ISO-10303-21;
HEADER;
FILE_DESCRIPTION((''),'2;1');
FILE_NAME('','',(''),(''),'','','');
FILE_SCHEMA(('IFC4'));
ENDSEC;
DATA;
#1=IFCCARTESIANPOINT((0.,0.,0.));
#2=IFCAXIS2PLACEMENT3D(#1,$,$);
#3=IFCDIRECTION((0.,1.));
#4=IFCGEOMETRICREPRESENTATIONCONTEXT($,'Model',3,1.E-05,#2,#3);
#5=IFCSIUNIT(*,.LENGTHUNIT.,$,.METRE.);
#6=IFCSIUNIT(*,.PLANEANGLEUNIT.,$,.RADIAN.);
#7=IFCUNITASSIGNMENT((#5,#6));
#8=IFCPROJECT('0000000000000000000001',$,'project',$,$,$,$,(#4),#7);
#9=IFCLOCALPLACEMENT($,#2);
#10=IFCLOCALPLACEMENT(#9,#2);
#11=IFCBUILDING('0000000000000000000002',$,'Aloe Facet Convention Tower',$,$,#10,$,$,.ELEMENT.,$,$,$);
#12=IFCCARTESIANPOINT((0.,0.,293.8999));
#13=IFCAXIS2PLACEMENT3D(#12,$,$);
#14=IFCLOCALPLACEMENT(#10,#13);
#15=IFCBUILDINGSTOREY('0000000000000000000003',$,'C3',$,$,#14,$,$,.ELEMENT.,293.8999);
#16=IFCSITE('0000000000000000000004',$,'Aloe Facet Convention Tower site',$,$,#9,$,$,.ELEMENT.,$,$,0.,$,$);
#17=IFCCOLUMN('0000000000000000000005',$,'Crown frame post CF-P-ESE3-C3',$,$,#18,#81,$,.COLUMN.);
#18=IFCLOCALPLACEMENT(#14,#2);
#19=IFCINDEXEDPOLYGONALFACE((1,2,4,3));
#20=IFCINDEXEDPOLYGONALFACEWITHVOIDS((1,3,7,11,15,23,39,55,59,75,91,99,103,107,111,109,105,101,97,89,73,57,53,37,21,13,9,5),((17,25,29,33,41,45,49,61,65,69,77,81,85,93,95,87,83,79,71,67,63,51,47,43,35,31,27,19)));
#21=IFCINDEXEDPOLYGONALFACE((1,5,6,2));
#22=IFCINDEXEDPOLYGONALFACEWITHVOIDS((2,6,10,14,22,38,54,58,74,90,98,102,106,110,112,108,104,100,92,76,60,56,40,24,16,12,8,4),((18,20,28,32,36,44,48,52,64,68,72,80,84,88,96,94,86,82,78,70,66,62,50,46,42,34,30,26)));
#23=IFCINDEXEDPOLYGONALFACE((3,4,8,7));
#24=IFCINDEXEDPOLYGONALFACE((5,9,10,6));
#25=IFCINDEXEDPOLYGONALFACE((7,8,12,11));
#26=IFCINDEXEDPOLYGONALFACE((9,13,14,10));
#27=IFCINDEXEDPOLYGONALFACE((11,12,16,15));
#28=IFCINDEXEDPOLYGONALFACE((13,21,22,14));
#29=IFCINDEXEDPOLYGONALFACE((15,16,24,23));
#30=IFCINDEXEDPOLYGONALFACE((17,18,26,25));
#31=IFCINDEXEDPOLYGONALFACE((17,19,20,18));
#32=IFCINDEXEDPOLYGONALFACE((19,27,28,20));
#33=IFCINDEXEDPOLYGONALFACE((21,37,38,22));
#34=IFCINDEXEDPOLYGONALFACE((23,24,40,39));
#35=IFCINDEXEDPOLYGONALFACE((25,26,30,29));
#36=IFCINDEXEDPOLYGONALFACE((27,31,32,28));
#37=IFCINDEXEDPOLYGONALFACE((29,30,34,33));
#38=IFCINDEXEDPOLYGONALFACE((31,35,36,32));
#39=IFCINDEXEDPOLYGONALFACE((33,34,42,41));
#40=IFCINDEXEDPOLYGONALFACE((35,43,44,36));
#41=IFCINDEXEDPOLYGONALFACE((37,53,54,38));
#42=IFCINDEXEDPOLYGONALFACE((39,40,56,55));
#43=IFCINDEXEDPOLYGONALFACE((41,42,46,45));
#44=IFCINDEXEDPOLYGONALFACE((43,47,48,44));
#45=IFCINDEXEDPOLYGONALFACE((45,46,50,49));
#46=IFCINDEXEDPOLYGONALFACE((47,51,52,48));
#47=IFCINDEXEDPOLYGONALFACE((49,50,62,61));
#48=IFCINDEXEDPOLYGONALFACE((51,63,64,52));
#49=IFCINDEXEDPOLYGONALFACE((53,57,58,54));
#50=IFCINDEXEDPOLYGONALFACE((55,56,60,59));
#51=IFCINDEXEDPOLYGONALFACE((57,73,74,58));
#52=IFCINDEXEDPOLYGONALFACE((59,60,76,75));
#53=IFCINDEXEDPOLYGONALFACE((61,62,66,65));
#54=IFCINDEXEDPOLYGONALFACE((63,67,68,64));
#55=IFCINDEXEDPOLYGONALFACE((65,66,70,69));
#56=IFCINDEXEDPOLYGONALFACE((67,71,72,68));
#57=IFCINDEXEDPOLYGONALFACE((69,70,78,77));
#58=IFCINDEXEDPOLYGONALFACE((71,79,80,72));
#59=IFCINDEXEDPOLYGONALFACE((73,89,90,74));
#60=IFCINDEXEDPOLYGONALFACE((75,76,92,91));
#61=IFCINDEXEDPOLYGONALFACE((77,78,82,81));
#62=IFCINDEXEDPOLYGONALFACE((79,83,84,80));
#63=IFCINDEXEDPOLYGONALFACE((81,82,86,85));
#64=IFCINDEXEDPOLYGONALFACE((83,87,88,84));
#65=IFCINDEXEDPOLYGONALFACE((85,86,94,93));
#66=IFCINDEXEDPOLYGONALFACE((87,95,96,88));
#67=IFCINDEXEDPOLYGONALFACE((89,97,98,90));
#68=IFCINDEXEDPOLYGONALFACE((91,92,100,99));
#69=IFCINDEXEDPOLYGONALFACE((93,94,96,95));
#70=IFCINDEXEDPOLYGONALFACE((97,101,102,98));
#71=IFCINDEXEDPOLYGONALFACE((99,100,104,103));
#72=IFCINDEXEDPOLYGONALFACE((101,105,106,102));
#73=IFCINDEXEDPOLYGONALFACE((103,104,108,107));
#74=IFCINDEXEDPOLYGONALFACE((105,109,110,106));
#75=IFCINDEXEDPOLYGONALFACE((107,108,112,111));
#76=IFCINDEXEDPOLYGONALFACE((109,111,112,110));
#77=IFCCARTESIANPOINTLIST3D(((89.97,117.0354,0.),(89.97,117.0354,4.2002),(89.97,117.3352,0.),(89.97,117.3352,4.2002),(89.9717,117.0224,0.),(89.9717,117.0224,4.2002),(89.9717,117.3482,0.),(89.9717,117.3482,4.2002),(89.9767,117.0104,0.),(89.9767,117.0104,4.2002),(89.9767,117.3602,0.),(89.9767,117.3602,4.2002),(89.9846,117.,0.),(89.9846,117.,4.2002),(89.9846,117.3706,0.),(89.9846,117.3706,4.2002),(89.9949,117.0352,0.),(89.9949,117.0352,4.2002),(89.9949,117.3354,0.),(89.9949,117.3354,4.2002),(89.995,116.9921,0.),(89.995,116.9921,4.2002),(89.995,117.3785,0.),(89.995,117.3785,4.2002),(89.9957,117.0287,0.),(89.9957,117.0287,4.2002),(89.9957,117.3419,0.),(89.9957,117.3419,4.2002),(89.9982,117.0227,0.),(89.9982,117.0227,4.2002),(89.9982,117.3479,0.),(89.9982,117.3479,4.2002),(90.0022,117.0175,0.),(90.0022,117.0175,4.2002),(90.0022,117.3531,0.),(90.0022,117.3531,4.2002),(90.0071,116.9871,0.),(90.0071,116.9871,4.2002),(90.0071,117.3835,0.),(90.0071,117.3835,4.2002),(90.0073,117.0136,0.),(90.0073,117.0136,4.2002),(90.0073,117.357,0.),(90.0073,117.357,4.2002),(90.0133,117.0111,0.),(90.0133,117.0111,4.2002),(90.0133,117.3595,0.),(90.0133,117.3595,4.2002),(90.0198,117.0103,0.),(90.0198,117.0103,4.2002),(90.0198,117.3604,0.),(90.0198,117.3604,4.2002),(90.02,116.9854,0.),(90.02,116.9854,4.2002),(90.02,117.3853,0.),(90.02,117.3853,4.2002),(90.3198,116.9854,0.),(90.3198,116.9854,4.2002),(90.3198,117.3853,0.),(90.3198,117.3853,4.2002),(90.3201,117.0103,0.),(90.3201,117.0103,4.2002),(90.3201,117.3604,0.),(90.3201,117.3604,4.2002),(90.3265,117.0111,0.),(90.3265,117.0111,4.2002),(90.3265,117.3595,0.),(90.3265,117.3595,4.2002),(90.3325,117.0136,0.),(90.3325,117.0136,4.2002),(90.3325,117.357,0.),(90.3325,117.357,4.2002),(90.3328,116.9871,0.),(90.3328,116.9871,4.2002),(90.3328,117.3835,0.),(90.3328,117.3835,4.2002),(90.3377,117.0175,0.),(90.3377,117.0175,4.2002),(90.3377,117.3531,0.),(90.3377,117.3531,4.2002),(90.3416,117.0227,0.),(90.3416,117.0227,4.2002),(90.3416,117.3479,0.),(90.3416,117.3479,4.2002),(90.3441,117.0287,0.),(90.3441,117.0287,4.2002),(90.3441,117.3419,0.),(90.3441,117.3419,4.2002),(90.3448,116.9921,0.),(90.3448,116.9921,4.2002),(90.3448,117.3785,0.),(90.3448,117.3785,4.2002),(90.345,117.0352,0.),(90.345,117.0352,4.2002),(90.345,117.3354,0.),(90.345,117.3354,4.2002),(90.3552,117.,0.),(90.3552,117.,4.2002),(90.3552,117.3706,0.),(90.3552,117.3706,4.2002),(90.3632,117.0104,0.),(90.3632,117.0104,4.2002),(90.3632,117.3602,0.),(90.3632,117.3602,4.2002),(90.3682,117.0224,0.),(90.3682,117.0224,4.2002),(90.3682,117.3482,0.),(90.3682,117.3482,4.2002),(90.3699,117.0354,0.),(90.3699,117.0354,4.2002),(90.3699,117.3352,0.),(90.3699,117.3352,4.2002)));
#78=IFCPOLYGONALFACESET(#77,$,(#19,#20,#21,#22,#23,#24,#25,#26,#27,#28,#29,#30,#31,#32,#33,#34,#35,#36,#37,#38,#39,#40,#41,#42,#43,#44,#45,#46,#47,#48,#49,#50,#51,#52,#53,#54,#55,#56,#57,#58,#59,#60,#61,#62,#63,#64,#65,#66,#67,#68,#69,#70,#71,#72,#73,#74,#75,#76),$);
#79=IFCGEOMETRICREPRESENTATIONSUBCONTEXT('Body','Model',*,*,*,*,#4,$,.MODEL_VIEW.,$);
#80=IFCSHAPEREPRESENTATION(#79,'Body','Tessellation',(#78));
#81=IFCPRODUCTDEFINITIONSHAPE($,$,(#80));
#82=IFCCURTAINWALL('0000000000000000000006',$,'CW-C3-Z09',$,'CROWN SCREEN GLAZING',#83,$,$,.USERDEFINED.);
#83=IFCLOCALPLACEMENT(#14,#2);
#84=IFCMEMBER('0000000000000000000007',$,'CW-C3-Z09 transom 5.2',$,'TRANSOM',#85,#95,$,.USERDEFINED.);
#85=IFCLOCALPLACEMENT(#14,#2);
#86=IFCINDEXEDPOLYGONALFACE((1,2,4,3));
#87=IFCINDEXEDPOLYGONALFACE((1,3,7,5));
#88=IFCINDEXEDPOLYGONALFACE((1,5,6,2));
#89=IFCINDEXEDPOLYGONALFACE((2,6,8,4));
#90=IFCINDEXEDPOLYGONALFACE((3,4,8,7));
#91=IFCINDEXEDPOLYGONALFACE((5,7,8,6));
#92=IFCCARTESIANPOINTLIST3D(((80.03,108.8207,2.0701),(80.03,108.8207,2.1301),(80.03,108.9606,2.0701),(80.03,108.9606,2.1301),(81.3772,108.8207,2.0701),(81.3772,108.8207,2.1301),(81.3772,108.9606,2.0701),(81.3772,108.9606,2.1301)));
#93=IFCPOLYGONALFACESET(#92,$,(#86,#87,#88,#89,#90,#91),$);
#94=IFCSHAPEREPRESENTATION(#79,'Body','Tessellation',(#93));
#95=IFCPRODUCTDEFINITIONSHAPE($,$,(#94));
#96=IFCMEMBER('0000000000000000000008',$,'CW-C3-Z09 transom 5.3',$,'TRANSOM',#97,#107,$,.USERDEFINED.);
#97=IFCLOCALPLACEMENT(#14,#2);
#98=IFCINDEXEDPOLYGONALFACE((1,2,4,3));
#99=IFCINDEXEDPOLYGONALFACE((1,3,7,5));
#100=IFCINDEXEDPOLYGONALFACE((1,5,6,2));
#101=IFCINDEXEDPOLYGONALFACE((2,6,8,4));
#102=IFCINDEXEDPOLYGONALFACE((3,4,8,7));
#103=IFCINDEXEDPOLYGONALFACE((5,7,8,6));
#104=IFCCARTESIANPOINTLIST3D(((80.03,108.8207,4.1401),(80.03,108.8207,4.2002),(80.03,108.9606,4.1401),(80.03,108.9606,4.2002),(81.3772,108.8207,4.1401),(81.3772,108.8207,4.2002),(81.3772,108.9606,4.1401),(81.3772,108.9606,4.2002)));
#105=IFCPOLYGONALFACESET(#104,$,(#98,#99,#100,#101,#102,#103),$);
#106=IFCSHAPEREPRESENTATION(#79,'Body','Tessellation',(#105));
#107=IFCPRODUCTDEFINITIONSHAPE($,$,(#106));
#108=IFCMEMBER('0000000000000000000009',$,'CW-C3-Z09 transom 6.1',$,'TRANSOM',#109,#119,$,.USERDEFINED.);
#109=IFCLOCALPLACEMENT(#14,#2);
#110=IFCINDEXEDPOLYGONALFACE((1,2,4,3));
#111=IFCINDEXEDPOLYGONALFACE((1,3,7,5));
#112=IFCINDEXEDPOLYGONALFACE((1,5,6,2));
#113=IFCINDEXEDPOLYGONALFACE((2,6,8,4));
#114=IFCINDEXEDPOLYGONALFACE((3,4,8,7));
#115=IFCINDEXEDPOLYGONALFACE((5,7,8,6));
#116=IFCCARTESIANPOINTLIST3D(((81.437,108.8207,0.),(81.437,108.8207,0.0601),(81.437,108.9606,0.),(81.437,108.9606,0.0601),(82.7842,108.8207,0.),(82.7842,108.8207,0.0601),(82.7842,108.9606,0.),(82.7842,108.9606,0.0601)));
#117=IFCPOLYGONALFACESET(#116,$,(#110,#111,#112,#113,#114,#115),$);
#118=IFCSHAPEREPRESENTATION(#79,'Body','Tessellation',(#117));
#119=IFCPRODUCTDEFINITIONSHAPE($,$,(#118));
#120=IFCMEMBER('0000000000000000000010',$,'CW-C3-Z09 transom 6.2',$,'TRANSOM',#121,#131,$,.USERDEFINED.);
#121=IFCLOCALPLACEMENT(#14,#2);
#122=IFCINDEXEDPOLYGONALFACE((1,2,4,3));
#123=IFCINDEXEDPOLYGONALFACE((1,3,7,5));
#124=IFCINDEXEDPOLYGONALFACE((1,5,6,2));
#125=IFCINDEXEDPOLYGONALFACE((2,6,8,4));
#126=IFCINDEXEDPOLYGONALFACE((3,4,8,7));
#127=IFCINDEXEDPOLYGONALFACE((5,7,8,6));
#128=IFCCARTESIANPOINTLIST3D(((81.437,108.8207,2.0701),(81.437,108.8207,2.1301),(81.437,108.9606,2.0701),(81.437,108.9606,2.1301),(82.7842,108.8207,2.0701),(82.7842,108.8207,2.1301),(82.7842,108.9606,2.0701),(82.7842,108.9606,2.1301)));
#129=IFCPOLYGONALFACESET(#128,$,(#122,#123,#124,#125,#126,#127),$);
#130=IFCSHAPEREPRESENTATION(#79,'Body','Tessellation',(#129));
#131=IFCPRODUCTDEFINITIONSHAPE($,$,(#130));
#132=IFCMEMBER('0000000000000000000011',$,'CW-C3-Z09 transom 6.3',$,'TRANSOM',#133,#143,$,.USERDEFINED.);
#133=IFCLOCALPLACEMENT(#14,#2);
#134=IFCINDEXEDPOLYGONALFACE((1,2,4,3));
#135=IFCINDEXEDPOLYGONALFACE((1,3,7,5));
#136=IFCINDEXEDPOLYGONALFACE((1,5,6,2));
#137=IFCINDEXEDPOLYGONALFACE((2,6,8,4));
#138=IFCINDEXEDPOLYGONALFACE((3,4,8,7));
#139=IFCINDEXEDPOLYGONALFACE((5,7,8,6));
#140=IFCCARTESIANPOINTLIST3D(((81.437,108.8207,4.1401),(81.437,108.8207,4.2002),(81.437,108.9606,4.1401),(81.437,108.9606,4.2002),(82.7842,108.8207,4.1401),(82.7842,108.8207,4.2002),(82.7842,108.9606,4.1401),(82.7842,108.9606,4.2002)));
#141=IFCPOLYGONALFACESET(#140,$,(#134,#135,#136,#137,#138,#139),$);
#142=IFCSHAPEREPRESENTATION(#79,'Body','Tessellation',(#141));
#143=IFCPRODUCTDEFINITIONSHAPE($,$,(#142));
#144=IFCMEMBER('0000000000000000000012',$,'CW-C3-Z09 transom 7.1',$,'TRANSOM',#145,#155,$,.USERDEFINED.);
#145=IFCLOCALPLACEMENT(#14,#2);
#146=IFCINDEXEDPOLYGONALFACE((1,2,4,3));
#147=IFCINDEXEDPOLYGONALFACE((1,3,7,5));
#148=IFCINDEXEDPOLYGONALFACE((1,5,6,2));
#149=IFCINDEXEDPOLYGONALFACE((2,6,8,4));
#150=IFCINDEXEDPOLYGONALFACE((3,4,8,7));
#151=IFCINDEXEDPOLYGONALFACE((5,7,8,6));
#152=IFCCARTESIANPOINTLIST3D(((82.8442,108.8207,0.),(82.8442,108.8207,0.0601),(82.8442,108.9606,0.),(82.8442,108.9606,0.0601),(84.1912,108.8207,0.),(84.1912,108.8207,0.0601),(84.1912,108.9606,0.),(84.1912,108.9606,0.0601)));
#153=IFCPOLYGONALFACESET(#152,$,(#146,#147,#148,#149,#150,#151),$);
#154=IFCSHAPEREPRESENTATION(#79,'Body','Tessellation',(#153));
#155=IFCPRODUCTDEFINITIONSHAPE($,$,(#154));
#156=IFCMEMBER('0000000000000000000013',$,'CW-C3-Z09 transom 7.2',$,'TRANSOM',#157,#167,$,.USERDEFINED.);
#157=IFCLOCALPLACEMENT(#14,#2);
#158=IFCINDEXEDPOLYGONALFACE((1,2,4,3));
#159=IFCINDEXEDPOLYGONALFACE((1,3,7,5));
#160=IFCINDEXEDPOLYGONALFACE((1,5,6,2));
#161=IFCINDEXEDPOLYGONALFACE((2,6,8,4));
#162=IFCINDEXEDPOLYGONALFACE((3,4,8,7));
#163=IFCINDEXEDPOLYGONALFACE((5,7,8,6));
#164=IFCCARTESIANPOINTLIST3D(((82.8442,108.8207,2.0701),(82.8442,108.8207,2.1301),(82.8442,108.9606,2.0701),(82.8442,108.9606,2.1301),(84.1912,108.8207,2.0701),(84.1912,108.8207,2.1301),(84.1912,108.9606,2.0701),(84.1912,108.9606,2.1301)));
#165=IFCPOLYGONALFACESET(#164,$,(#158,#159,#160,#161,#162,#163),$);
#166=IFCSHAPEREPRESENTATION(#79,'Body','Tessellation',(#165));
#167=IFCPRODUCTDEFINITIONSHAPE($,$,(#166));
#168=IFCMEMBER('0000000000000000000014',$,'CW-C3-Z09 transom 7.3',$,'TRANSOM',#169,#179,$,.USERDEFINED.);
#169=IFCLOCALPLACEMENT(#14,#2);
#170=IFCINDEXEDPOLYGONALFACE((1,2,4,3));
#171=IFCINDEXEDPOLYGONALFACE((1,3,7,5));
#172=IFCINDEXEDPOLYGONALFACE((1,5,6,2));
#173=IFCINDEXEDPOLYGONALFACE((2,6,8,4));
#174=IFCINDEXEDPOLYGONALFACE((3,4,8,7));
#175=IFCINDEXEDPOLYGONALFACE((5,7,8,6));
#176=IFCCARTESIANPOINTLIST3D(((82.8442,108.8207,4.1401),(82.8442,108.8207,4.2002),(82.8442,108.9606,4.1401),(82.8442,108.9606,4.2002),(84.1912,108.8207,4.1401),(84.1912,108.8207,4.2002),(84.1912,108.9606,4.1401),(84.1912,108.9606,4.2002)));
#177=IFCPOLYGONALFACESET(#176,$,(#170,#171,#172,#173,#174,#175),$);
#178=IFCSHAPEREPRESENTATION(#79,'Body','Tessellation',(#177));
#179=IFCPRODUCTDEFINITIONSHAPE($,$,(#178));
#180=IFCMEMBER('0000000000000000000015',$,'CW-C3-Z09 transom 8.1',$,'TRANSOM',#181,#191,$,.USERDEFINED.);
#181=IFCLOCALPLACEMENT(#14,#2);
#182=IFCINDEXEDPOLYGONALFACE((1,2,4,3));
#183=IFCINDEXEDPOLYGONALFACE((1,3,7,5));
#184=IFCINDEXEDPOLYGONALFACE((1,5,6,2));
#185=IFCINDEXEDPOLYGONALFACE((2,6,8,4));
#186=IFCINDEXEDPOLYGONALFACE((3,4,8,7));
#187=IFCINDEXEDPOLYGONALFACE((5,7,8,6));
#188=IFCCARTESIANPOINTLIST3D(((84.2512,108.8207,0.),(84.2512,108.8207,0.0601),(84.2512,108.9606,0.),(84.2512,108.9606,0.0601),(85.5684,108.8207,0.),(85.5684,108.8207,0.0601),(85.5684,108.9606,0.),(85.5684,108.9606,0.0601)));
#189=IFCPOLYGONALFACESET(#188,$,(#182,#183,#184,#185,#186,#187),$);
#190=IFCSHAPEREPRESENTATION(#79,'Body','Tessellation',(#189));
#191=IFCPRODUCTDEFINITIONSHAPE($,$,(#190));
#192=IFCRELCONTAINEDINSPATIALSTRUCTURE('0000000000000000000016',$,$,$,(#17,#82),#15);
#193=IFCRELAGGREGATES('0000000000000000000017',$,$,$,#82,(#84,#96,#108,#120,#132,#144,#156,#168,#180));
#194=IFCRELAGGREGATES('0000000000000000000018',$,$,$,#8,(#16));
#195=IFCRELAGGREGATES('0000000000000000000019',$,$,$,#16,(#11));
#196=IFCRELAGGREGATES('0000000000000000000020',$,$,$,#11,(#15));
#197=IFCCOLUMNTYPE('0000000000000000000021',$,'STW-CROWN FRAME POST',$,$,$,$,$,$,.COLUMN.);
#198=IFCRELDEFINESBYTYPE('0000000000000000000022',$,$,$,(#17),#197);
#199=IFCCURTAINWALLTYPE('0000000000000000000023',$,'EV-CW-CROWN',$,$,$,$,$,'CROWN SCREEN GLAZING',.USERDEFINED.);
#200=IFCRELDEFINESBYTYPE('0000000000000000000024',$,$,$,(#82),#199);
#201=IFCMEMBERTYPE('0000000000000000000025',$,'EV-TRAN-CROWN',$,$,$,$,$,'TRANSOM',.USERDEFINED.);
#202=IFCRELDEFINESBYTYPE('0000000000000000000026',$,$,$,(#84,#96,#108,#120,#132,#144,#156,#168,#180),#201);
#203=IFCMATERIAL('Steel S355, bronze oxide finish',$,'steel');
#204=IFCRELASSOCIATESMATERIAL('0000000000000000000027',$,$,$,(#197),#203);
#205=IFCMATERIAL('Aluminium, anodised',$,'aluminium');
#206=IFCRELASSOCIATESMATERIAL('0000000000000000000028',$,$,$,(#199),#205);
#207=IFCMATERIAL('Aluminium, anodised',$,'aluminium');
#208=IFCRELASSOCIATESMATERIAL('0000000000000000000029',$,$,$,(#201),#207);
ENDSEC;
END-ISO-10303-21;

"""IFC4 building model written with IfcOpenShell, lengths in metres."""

from ifc_helpers import new_model, si_unit, direction, frame, origin, origin_2d, place, context, subcontext, project, spatial, rectangle, hollow_rectangle, extrude, material, material_profile, profile_set, type_object, element, aggregate, save


model = new_model("IFC4")

# Units and contexts
model_context = context("Model", 3, precision=1e-05, world=origin(), true_north=direction((0.0, 1.0)))
body_context = subcontext(model_context, "Body", "Model", "MODEL_VIEW")
ifc_project = project(units=[si_unit("LENGTHUNIT", "METRE"), si_unit("PLANEANGLEUNIT", "RADIAN")], contexts=[model_context])

# Site, building, storey
site_placement = place(None, origin())
site = spatial("IfcSite", under=ifc_project, at=site_placement, Name="Aloe Facet Convention Tower site", CompositionType="ELEMENT", RefElevation=0.0)
building_placement = place(site_placement, origin())
building = spatial("IfcBuilding", under=site, at=building_placement, Name="Aloe Facet Convention Tower", CompositionType="ELEMENT")
storey_placement = place(building_placement, frame((0.0, 0.0, 293.8999)))
storey = spatial("IfcBuildingStorey", under=building, at=storey_placement, Name="C3", CompositionType="ELEMENT", Elevation=293.8999)

# Column
ifc_material_1 = material(Name="Steel S355, bronze oxide finish", Category="steel")
ifc_material_profile_1 = material_profile(ifc_material_1, hollow_rectangle(XDim=0.3999, YDim=0.3999, WallThickness=0.0249, InnerFilletRadius=0.0249, OuterFilletRadius=0.05, at=origin_2d()), Name="SHS 400x400x25")
ifc_profile_set_1 = profile_set([ifc_material_profile_1], Name="Steel S355, bronze oxide finish")
column_type = type_object("IfcColumnType", Name="STW-CROWN FRAME POST", PredefinedType="COLUMN", material=ifc_profile_set_1)
for number, where, z_axis, x_axis, name in (
    (1, (90.1699, 117.1853, 0.0), (0.0, 0.0, 1.0), (1.0, 0.0, 0.0), "Crown frame post CF-P-ESE3-C3"),
):
    element("IfcColumn", number, at=place(storey_placement, frame(where, z_axis=z_axis, x_axis=x_axis)), inside=storey, type_object=column_type, Name=name, PredefinedType="COLUMN", context=body_context, shape_type="SweptSolid", body=[
        extrude(hollow_rectangle(XDim=0.3999, YDim=0.3999, WallThickness=0.0249, InnerFilletRadius=0.0249, OuterFilletRadius=0.05, at=origin_2d()), origin(), (0.0, 0.0, 1.0), 4.2002),
    ])

# Curtain wall, members
ifc_material_2 = material(Name="Aluminium, anodised", Category="aluminium")
curtain_wall_type = type_object("IfcCurtainWallType", Name="EV-CW-CROWN", ElementType="CROWN SCREEN GLAZING", PredefinedType="USERDEFINED", material=ifc_material_2)
curtain_wall_placement = place(storey_placement, origin())
curtain_wall = element("IfcCurtainWall", 2, at=curtain_wall_placement, inside=storey, type_object=curtain_wall_type, Name="CW-C3-Z09", ObjectType="CROWN SCREEN GLAZING", PredefinedType="USERDEFINED")
ifc_material_3 = material(Name="Aluminium, anodised", Category="aluminium")
ifc_material_profile_2 = material_profile(ifc_material_3, rectangle(XDim=0.1399, YDim=0.0601, at=origin_2d()), Name="AL 140x60")
ifc_profile_set_2 = profile_set([ifc_material_profile_2], Name="Aluminium, anodised")
member_type_1 = type_object("IfcMemberType", Name="EV-TRAN-CROWN", ElementType="TRANSOM", PredefinedType="USERDEFINED", material=ifc_profile_set_2)
member_1_placement = place(storey_placement, frame((80.03, 108.8906, 2.1001), z_axis=(1.0, 0.0, 0.0), x_axis=(0.0, 1.0, 0.0)))
member_1 = element("IfcMember", 3, at=member_1_placement, type_object=member_type_1, Name="CW-C3-Z09 transom 5.2", ObjectType="TRANSOM", PredefinedType="USERDEFINED", context=body_context, shape_type="SweptSolid", body=[
    extrude(rectangle(XDim=0.1399, YDim=0.0601, at=origin_2d()), origin(), (0.0, 0.0, 1.0), 1.3472),
])
member_2_placement = place(storey_placement, frame((80.03, 108.8906, 4.1702), z_axis=(1.0, 0.0, 0.0), x_axis=(0.0, 1.0, 0.0)))
member_2 = element("IfcMember", 4, at=member_2_placement, type_object=member_type_1, Name="CW-C3-Z09 transom 5.3", ObjectType="TRANSOM", PredefinedType="USERDEFINED", context=body_context, shape_type="SweptSolid", body=[
    extrude(rectangle(XDim=0.1399, YDim=0.0601, at=origin_2d()), origin(), (0.0, 0.0, 1.0), 1.3472),
])
member_3_placement = place(storey_placement, frame((81.437, 108.8906, 0.03), z_axis=(1.0, 0.0, 0.0), x_axis=(0.0, 1.0, 0.0)))
member_3 = element("IfcMember", 5, at=member_3_placement, type_object=member_type_1, Name="CW-C3-Z09 transom 6.1", ObjectType="TRANSOM", PredefinedType="USERDEFINED", context=body_context, shape_type="SweptSolid", body=[
    extrude(rectangle(XDim=0.1399, YDim=0.0601, at=origin_2d()), origin(), (0.0, 0.0, 1.0), 1.3472),
])
member_4_placement = place(storey_placement, frame((81.437, 108.8906, 2.1001), z_axis=(1.0, 0.0, 0.0), x_axis=(0.0, 1.0, 0.0)))
member_4 = element("IfcMember", 6, at=member_4_placement, type_object=member_type_1, Name="CW-C3-Z09 transom 6.2", ObjectType="TRANSOM", PredefinedType="USERDEFINED", context=body_context, shape_type="SweptSolid", body=[
    extrude(rectangle(XDim=0.1399, YDim=0.0601, at=origin_2d()), origin(), (0.0, 0.0, 1.0), 1.3472),
])
member_5_placement = place(storey_placement, frame((81.437, 108.8906, 4.1702), z_axis=(1.0, 0.0, 0.0), x_axis=(0.0, 1.0, 0.0)))
member_5 = element("IfcMember", 7, at=member_5_placement, type_object=member_type_1, Name="CW-C3-Z09 transom 6.3", ObjectType="TRANSOM", PredefinedType="USERDEFINED", context=body_context, shape_type="SweptSolid", body=[
    extrude(rectangle(XDim=0.1399, YDim=0.0601, at=origin_2d()), origin(), (0.0, 0.0, 1.0), 1.3472),
])
member_6_placement = place(storey_placement, frame((82.8442, 108.8906, 0.03), z_axis=(1.0, 0.0, 0.0), x_axis=(0.0, 1.0, 0.0)))
member_6 = element("IfcMember", 8, at=member_6_placement, type_object=member_type_1, Name="CW-C3-Z09 transom 7.1", ObjectType="TRANSOM", PredefinedType="USERDEFINED", context=body_context, shape_type="SweptSolid", body=[
    extrude(rectangle(XDim=0.1399, YDim=0.0601, at=origin_2d()), origin(), (0.0, 0.0, 1.0), 1.3469),
])
member_7_placement = place(storey_placement, frame((82.8442, 108.8906, 2.1001), z_axis=(1.0, 0.0, 0.0), x_axis=(0.0, 1.0, 0.0)))
member_7 = element("IfcMember", 9, at=member_7_placement, type_object=member_type_1, Name="CW-C3-Z09 transom 7.2", ObjectType="TRANSOM", PredefinedType="USERDEFINED", context=body_context, shape_type="SweptSolid", body=[
    extrude(rectangle(XDim=0.1399, YDim=0.0601, at=origin_2d()), origin(), (0.0, 0.0, 1.0), 1.3469),
])
member_8_placement = place(storey_placement, frame((82.8442, 108.8906, 4.1702), z_axis=(1.0, 0.0, 0.0), x_axis=(0.0, 1.0, 0.0)))
member_8 = element("IfcMember", 10, at=member_8_placement, type_object=member_type_1, Name="CW-C3-Z09 transom 7.3", ObjectType="TRANSOM", PredefinedType="USERDEFINED", context=body_context, shape_type="SweptSolid", body=[
    extrude(rectangle(XDim=0.1399, YDim=0.0601, at=origin_2d()), origin(), (0.0, 0.0, 1.0), 1.3469),
])
member_9_placement = place(storey_placement, frame((84.2512, 108.8906, 0.03), z_axis=(1.0, 0.0, 0.0), x_axis=(0.0, 1.0, 0.0)))
member_9 = element("IfcMember", 11, at=member_9_placement, type_object=member_type_1, Name="CW-C3-Z09 transom 8.1", ObjectType="TRANSOM", PredefinedType="USERDEFINED", context=body_context, shape_type="SweptSolid", body=[
    extrude(rectangle(XDim=0.1399, YDim=0.0601, at=origin_2d()), origin(), (0.0, 0.0, 1.0), 1.3171),
])

aggregate(curtain_wall, [member_1, member_2, member_3, member_4, member_5, member_6, member_7, member_8, member_9])

save(model, "model.ifc")
